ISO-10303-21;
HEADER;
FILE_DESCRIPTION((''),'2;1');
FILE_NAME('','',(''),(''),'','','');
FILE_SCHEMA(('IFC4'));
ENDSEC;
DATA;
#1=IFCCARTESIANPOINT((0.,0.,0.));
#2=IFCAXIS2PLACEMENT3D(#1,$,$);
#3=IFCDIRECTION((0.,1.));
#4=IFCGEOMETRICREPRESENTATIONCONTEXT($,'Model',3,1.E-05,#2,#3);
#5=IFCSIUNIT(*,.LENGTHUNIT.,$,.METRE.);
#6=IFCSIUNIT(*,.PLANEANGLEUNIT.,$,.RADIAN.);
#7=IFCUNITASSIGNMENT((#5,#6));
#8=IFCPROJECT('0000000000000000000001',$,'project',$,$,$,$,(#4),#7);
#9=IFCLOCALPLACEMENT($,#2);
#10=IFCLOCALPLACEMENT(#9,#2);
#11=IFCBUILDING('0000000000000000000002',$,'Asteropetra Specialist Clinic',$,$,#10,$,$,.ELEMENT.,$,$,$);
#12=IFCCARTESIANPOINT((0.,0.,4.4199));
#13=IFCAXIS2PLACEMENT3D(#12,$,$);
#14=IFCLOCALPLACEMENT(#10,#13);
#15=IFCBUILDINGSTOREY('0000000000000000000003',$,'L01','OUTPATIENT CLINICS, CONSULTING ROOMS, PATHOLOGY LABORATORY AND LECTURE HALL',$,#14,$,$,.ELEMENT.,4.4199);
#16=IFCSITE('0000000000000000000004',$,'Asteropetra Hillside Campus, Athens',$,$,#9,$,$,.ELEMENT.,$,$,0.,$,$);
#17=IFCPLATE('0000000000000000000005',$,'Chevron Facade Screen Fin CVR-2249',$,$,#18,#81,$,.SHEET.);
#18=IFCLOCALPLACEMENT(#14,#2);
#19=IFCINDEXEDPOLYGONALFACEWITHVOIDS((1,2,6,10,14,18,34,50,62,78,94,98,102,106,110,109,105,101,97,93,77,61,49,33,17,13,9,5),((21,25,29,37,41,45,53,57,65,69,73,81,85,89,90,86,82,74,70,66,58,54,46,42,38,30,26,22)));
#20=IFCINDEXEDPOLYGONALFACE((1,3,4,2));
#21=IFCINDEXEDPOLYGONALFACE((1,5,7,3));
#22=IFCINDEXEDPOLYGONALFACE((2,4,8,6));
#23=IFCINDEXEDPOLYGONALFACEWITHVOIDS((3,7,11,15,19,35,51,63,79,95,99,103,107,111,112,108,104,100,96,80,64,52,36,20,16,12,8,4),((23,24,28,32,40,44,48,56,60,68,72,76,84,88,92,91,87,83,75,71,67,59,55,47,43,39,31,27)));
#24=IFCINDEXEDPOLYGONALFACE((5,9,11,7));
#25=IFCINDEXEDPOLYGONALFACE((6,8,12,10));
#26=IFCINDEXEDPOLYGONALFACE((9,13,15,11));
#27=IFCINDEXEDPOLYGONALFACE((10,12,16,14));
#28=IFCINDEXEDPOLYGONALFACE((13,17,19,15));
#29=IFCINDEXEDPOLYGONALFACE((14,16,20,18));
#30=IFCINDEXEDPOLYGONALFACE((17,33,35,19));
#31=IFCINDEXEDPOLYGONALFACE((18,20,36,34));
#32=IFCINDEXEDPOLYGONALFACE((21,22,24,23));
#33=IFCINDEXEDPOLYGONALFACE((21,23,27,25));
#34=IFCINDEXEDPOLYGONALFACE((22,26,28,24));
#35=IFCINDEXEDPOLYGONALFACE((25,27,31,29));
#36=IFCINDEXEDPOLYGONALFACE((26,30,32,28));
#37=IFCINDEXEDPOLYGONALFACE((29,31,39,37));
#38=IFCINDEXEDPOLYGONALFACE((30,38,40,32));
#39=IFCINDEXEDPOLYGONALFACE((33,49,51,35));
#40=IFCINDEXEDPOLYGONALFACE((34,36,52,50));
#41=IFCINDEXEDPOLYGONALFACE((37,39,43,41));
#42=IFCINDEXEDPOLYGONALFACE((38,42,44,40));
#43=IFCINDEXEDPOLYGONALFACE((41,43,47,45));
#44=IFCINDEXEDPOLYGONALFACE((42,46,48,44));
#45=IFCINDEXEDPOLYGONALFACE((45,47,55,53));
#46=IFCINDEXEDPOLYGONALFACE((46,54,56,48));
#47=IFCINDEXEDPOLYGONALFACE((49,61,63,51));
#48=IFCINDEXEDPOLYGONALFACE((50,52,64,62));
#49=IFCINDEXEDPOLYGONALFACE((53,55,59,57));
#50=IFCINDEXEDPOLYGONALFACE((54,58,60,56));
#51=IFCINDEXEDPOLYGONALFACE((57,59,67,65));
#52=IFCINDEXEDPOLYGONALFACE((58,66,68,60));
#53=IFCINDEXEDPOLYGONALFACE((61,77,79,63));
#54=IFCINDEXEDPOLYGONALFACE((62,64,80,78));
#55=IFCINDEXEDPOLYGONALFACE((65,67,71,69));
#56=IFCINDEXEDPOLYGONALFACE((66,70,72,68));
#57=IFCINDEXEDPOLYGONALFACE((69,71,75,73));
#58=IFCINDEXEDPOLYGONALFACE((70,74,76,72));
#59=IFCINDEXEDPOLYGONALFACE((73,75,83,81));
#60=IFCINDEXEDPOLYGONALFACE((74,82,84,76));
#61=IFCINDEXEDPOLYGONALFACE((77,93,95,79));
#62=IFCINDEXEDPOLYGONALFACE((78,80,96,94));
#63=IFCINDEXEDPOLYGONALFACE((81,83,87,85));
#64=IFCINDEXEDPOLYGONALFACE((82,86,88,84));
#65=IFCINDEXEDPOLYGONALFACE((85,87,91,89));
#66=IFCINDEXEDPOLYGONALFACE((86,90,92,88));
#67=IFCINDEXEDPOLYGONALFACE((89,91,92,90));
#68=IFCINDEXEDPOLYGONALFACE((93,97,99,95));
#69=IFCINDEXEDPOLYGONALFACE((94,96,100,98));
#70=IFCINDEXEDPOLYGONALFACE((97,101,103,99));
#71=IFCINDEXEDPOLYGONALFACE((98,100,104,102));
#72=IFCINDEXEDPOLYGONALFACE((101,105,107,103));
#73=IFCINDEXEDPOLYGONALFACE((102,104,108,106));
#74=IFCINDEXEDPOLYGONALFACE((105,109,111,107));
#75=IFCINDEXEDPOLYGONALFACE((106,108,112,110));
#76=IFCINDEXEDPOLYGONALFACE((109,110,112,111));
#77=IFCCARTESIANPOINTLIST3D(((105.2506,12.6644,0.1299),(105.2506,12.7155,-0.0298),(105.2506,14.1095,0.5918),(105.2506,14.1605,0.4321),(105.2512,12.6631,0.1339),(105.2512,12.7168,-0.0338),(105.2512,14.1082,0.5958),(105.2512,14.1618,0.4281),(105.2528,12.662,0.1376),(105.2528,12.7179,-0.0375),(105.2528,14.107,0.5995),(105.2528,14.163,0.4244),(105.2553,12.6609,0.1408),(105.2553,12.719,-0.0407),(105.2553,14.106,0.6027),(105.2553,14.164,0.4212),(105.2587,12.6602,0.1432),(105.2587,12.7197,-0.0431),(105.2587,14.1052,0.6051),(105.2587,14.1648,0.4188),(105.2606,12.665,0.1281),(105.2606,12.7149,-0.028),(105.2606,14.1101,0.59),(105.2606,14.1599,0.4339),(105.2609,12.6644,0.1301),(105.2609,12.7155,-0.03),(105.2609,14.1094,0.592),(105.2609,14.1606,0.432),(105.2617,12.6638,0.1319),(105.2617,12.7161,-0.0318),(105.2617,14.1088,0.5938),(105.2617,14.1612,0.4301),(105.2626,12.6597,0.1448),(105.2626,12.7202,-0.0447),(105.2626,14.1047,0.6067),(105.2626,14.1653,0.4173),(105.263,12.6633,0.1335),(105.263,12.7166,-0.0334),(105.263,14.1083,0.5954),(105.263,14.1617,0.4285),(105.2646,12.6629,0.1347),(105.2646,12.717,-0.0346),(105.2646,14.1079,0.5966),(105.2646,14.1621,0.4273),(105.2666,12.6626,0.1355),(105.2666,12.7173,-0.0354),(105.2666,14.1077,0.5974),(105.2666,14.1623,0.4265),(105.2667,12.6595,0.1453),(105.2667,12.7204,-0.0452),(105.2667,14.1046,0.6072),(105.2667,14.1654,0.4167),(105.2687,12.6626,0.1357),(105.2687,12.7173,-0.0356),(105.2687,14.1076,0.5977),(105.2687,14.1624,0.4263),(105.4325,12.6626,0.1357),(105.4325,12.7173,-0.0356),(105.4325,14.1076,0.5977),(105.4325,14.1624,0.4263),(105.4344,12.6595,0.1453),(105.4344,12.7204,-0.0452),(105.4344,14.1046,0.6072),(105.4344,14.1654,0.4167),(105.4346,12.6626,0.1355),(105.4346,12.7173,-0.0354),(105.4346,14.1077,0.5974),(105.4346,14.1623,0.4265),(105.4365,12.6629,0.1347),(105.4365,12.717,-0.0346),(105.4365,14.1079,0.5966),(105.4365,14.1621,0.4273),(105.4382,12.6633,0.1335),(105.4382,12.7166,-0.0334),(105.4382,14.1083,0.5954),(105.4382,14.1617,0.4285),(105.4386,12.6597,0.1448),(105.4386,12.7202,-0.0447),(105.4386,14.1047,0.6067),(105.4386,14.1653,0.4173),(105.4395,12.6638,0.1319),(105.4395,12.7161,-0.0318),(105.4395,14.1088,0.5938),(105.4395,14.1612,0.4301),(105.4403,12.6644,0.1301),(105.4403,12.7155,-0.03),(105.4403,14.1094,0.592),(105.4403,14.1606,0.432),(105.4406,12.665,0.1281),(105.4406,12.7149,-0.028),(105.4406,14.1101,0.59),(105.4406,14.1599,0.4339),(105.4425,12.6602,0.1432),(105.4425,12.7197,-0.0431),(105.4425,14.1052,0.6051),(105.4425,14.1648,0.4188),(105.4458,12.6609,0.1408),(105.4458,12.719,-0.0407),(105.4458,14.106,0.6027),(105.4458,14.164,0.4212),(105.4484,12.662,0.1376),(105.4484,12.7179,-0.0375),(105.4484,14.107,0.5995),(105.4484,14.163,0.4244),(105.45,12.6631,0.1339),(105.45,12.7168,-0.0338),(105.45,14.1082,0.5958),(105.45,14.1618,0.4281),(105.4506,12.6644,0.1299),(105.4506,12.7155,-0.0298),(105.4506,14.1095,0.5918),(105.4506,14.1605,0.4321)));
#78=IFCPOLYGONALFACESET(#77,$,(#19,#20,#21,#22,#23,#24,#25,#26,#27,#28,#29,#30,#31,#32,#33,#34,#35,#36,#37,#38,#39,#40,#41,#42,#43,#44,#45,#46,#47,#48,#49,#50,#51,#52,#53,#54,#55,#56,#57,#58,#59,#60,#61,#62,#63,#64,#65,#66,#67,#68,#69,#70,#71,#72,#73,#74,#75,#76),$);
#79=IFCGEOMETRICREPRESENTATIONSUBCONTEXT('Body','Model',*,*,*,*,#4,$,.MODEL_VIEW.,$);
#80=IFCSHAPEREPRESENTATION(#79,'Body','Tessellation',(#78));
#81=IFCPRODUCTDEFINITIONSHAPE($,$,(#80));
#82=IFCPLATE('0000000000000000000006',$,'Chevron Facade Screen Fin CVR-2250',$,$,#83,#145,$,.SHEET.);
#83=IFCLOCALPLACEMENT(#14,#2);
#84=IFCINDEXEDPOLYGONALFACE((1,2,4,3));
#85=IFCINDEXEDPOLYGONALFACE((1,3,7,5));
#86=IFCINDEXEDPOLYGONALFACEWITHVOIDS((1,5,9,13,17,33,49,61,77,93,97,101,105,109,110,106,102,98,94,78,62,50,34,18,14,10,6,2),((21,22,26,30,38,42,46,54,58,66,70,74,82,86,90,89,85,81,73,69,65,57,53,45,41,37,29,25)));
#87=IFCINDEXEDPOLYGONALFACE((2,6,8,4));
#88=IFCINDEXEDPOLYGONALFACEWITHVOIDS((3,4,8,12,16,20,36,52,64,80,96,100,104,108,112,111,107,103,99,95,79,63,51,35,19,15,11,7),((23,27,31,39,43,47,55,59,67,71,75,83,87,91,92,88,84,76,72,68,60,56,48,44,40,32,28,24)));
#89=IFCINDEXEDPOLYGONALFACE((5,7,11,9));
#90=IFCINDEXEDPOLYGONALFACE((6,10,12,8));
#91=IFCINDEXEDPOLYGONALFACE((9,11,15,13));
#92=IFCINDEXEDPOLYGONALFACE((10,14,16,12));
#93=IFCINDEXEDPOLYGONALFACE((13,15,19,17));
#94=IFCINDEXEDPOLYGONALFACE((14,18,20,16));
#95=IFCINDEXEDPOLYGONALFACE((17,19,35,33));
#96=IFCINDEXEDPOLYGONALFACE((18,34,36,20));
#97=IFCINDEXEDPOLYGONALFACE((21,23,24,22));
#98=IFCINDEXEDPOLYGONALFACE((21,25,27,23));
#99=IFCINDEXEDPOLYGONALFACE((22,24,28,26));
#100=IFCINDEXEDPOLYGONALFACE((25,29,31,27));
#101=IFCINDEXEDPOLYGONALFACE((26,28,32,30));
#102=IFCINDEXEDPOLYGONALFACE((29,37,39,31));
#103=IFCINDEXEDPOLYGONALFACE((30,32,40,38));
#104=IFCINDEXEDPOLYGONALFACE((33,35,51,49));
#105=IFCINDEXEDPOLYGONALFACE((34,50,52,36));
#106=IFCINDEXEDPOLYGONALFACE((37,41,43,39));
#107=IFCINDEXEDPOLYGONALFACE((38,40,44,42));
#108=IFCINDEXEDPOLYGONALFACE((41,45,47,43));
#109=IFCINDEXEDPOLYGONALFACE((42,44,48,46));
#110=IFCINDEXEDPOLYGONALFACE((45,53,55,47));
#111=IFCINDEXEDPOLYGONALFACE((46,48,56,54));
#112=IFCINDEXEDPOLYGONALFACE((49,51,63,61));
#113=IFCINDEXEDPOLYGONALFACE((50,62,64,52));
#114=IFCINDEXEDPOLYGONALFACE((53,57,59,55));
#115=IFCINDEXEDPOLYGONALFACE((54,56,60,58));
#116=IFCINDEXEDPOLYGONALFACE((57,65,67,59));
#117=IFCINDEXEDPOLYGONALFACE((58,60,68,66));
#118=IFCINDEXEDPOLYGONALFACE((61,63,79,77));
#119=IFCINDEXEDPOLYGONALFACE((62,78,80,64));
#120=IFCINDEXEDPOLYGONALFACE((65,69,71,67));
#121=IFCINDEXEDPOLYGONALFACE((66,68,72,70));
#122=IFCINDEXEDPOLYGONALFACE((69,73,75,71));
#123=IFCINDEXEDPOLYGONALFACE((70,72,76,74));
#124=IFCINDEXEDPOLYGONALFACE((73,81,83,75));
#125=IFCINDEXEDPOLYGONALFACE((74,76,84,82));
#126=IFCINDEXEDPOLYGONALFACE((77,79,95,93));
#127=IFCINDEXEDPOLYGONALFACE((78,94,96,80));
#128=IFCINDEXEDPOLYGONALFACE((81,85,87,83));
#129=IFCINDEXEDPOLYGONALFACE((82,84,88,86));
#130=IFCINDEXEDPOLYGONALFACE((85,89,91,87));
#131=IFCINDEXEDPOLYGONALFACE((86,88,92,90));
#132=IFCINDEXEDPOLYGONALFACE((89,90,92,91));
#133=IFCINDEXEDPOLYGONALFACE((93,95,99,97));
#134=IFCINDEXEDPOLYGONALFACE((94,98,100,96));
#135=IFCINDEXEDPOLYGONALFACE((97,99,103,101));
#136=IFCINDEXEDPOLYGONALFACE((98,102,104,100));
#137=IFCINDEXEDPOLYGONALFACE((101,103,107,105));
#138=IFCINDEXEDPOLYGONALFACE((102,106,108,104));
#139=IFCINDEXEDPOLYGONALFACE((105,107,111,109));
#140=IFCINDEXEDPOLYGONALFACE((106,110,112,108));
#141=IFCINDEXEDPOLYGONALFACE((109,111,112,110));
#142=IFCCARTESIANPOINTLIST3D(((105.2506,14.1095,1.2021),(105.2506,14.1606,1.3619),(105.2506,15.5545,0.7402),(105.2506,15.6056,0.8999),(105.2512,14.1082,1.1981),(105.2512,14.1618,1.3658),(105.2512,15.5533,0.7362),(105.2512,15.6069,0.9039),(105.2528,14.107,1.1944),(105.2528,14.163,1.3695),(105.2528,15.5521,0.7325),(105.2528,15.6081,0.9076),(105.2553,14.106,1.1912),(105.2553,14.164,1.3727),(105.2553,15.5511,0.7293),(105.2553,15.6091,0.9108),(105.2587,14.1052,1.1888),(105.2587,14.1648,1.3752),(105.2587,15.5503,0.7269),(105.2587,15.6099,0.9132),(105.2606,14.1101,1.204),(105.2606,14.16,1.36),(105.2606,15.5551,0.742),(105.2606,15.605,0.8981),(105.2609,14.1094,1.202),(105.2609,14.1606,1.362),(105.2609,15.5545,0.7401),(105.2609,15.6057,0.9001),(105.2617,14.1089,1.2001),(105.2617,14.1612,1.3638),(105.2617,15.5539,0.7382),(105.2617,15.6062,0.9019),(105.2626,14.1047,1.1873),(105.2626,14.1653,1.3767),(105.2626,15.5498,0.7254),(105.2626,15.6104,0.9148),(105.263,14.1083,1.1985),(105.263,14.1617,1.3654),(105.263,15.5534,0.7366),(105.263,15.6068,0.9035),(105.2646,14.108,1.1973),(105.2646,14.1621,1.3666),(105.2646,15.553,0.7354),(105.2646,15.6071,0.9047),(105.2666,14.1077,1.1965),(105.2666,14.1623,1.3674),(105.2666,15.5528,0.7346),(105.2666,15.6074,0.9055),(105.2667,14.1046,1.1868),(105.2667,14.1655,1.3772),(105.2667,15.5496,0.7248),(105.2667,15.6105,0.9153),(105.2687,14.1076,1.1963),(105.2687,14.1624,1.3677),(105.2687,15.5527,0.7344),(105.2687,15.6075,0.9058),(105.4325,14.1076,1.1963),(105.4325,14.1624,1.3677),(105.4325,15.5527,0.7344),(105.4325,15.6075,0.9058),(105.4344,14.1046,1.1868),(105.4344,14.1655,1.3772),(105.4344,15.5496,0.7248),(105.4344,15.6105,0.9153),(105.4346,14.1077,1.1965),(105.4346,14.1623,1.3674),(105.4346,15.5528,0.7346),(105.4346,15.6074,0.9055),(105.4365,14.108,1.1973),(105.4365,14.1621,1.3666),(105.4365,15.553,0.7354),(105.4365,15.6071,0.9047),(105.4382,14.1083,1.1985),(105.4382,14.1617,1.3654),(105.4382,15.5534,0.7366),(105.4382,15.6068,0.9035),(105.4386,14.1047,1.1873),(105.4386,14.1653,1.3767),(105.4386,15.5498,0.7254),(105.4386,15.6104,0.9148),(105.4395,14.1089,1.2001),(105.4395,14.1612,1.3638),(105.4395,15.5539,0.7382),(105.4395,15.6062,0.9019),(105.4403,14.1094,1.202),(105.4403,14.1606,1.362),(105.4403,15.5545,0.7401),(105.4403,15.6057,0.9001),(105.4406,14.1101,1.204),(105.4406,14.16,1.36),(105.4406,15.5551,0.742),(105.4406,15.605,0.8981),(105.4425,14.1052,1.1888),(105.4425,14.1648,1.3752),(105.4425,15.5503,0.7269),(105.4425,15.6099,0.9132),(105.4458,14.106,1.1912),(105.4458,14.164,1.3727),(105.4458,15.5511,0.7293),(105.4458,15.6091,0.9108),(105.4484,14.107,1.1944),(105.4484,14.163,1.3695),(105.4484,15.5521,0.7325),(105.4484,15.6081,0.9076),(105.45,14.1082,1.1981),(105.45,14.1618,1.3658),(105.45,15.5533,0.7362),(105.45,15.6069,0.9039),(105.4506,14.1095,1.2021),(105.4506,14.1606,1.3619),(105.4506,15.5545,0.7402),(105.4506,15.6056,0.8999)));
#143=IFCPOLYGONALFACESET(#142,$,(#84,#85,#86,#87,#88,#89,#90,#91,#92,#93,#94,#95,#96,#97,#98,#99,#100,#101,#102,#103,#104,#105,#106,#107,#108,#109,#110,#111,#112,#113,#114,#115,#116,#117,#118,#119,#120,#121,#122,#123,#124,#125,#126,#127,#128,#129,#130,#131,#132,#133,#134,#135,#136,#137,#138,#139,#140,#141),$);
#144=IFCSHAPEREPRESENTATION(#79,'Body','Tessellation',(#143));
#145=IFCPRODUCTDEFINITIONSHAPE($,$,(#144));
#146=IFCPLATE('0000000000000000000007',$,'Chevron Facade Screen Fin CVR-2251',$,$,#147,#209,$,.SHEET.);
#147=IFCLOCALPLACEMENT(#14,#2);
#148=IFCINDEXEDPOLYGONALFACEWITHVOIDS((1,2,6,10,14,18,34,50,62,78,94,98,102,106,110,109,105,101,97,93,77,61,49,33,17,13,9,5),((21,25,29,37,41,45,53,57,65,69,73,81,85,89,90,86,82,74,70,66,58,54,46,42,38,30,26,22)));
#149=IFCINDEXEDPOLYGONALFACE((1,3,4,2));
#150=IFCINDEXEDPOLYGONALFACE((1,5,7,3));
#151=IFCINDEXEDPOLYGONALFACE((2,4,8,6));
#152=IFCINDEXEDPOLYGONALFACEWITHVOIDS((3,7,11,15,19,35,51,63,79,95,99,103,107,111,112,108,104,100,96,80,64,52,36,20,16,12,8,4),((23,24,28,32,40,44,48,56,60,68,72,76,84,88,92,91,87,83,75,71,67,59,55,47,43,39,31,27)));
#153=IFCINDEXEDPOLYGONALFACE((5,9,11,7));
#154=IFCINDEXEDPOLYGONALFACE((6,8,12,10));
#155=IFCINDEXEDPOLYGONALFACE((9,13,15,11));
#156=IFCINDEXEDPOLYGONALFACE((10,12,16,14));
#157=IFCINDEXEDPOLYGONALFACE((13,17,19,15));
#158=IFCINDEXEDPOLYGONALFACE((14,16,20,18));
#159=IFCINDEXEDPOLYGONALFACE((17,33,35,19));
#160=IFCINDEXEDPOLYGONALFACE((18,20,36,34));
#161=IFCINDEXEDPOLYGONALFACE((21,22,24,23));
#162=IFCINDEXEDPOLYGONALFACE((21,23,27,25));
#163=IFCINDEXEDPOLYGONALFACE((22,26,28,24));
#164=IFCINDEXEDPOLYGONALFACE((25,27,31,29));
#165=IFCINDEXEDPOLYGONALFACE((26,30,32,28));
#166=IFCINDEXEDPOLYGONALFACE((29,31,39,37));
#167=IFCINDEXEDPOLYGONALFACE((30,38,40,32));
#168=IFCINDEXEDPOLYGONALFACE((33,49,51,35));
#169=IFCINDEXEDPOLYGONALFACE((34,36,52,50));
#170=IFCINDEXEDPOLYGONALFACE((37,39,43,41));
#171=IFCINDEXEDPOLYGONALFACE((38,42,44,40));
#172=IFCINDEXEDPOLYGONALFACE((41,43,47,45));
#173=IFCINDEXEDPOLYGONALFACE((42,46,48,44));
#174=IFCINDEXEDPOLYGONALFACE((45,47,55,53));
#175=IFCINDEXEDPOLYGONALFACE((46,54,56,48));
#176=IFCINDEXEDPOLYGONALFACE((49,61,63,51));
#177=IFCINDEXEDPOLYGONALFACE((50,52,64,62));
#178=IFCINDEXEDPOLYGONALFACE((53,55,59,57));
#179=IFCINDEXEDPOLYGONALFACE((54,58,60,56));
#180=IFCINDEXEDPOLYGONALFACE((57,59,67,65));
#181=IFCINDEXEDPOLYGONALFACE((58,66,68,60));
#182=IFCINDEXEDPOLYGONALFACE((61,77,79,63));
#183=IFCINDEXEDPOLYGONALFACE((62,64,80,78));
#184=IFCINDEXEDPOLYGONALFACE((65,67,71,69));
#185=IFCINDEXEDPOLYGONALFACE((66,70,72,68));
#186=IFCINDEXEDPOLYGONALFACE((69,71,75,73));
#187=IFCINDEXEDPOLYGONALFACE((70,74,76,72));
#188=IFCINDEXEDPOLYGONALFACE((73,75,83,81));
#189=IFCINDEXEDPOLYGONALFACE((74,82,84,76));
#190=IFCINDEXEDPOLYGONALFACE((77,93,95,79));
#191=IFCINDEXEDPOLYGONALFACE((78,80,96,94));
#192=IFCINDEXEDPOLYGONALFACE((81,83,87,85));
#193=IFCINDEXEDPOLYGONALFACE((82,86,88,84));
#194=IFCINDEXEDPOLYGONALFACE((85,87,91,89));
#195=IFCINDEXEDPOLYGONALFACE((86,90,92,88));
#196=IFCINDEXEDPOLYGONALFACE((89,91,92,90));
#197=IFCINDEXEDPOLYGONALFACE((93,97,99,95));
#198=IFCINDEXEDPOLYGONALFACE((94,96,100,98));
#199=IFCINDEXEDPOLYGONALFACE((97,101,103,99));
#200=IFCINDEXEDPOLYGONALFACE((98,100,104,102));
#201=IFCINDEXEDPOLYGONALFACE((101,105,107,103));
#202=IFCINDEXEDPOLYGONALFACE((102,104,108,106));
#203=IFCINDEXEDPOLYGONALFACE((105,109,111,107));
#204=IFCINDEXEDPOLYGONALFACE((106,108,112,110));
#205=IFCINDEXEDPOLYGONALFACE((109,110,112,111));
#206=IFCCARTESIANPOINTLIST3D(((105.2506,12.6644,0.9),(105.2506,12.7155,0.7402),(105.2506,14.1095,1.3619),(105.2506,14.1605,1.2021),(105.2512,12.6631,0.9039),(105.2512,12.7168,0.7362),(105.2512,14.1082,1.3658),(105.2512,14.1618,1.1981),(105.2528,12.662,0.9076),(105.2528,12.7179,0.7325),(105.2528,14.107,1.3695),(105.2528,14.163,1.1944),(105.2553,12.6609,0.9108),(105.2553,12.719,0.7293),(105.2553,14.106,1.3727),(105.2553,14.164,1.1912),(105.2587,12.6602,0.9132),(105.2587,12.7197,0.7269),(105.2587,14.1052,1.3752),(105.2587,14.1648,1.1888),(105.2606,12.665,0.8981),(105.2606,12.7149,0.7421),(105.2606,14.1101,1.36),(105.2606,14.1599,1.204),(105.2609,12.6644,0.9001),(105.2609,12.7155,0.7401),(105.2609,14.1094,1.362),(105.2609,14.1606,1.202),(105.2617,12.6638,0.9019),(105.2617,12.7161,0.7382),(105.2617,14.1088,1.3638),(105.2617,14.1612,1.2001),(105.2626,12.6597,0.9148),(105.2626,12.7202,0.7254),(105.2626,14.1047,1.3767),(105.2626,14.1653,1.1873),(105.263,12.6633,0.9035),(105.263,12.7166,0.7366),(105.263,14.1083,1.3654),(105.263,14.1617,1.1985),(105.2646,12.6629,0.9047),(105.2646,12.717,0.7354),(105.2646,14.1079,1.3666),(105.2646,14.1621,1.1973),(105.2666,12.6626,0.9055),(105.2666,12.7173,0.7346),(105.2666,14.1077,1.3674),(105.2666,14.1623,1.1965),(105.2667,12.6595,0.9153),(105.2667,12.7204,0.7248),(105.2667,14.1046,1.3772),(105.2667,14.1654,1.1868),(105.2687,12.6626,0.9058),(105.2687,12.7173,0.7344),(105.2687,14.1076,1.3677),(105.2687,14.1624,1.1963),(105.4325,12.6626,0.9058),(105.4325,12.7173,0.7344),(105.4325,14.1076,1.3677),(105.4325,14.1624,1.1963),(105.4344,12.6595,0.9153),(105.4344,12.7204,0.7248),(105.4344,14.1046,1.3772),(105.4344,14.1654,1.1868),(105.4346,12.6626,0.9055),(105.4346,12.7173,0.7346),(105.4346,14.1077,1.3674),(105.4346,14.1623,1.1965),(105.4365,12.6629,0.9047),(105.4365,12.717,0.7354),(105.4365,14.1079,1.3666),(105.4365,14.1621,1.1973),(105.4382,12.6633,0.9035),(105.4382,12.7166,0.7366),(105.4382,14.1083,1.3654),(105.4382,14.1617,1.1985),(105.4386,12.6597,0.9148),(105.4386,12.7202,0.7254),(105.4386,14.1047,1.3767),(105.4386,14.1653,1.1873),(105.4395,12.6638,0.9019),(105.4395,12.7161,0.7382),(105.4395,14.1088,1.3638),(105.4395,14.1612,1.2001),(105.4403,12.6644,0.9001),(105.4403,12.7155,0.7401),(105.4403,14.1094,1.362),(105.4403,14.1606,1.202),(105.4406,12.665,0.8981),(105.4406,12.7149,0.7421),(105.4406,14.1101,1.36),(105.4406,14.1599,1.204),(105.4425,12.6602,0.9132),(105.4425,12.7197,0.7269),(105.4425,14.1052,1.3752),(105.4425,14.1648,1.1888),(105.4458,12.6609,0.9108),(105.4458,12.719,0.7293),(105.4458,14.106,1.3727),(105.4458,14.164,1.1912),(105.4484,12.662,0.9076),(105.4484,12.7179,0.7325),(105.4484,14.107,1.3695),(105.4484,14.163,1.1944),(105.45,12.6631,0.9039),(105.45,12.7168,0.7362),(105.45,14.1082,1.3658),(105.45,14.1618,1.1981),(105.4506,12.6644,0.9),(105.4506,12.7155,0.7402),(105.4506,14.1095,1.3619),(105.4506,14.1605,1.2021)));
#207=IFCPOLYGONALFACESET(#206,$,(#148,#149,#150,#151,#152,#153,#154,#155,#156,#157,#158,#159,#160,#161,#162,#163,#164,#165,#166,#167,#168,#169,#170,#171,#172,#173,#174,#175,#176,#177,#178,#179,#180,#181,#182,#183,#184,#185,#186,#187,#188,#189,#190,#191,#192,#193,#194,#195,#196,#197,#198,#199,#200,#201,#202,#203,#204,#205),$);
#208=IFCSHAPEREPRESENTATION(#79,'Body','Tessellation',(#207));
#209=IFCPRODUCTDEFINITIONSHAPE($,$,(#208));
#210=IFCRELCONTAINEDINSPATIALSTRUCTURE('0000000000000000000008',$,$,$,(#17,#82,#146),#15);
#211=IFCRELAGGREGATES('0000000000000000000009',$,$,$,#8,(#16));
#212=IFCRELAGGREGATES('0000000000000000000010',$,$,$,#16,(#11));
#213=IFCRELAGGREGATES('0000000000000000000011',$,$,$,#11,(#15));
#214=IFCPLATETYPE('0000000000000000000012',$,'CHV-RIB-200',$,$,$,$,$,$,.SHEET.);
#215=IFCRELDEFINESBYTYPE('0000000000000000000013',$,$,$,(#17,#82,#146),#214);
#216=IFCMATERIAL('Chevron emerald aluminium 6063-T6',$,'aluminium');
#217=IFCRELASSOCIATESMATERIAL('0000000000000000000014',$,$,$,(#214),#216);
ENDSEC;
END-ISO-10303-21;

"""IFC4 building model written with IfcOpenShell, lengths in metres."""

from ifc_helpers import new_model, si_unit, direction, frame, origin, origin_2d, place, context, subcontext, project, spatial, hollow_rectangle, extrude, material, material_profile, profile_set, type_object, element, save


model = new_model("IFC4")

# Units and contexts
model_context = context("Model", 3, precision=1e-05, world=origin(), true_north=direction((0.0, 1.0)))
body_context = subcontext(model_context, "Body", "Model", "MODEL_VIEW")
ifc_project = project(units=[si_unit("LENGTHUNIT", "METRE"), si_unit("PLANEANGLEUNIT", "RADIAN")], contexts=[model_context])

# Site, building, storey
site_placement = place(None, origin())
site = spatial("IfcSite", under=ifc_project, at=site_placement, Name="Asteropetra Hillside Campus, Athens", CompositionType="ELEMENT", RefElevation=0.0)
building_placement = place(site_placement, origin())
building = spatial("IfcBuilding", under=site, at=building_placement, Name="Asteropetra Specialist Clinic", CompositionType="ELEMENT")
storey_placement = place(building_placement, frame((0.0, 0.0, 4.4199)))
storey = spatial("IfcBuildingStorey", under=building, at=storey_placement, Name="L01", Description="OUTPATIENT CLINICS, CONSULTING ROOMS, PATHOLOGY LABORATORY AND LECTURE HALL", CompositionType="ELEMENT", Elevation=4.4199)

# Plates
ifc_material_1 = material(Name="Chevron emerald aluminium 6063-T6", Category="aluminium")
ifc_material_profile = material_profile(ifc_material_1, hollow_rectangle(XDim=0.2, YDim=0.2, WallThickness=0.01, InnerFilletRadius=0.0081, OuterFilletRadius=0.0161, at=origin_2d()), Name="SHS 200x200x10.0")
ifc_profile_set = profile_set([ifc_material_profile], Name="Chevron emerald aluminium 6063-T6")
plate_type = type_object("IfcPlateType", Name="CHV-RIB-200", PredefinedType="SHEET", material=ifc_profile_set)
for number, where, z_axis, x_axis, name in (
    (1, (105.3506, 14.135, 0.512), (0.0, -0.952521, -0.304472), (1.0, 0.0, 0.0), "Chevron Facade Screen Fin CVR-2249"),
    (2, (105.3506, 15.5801, 0.8201), (0.0, -0.952521, 0.304472), (1.0, 0.0, 0.0), "Chevron Facade Screen Fin CVR-2250"),
    (3, (105.3506, 14.135, 1.282), (0.0, -0.952521, -0.304472), (1.0, 0.0, 0.0), "Chevron Facade Screen Fin CVR-2251"),
):
    element("IfcPlate", number, at=place(storey_placement, frame(where, z_axis=z_axis, x_axis=x_axis)), inside=storey, type_object=plate_type, Name=name, PredefinedType="SHEET", context=body_context, shape_type="SweptSolid", body=[
        extrude(hollow_rectangle(XDim=0.2, YDim=0.2, WallThickness=0.01, InnerFilletRadius=0.0081, OuterFilletRadius=0.0161, at=origin_2d()), origin(), (0.0, 0.0, 1.0), 1.5171),
    ])

save(model, "model.ifc")
